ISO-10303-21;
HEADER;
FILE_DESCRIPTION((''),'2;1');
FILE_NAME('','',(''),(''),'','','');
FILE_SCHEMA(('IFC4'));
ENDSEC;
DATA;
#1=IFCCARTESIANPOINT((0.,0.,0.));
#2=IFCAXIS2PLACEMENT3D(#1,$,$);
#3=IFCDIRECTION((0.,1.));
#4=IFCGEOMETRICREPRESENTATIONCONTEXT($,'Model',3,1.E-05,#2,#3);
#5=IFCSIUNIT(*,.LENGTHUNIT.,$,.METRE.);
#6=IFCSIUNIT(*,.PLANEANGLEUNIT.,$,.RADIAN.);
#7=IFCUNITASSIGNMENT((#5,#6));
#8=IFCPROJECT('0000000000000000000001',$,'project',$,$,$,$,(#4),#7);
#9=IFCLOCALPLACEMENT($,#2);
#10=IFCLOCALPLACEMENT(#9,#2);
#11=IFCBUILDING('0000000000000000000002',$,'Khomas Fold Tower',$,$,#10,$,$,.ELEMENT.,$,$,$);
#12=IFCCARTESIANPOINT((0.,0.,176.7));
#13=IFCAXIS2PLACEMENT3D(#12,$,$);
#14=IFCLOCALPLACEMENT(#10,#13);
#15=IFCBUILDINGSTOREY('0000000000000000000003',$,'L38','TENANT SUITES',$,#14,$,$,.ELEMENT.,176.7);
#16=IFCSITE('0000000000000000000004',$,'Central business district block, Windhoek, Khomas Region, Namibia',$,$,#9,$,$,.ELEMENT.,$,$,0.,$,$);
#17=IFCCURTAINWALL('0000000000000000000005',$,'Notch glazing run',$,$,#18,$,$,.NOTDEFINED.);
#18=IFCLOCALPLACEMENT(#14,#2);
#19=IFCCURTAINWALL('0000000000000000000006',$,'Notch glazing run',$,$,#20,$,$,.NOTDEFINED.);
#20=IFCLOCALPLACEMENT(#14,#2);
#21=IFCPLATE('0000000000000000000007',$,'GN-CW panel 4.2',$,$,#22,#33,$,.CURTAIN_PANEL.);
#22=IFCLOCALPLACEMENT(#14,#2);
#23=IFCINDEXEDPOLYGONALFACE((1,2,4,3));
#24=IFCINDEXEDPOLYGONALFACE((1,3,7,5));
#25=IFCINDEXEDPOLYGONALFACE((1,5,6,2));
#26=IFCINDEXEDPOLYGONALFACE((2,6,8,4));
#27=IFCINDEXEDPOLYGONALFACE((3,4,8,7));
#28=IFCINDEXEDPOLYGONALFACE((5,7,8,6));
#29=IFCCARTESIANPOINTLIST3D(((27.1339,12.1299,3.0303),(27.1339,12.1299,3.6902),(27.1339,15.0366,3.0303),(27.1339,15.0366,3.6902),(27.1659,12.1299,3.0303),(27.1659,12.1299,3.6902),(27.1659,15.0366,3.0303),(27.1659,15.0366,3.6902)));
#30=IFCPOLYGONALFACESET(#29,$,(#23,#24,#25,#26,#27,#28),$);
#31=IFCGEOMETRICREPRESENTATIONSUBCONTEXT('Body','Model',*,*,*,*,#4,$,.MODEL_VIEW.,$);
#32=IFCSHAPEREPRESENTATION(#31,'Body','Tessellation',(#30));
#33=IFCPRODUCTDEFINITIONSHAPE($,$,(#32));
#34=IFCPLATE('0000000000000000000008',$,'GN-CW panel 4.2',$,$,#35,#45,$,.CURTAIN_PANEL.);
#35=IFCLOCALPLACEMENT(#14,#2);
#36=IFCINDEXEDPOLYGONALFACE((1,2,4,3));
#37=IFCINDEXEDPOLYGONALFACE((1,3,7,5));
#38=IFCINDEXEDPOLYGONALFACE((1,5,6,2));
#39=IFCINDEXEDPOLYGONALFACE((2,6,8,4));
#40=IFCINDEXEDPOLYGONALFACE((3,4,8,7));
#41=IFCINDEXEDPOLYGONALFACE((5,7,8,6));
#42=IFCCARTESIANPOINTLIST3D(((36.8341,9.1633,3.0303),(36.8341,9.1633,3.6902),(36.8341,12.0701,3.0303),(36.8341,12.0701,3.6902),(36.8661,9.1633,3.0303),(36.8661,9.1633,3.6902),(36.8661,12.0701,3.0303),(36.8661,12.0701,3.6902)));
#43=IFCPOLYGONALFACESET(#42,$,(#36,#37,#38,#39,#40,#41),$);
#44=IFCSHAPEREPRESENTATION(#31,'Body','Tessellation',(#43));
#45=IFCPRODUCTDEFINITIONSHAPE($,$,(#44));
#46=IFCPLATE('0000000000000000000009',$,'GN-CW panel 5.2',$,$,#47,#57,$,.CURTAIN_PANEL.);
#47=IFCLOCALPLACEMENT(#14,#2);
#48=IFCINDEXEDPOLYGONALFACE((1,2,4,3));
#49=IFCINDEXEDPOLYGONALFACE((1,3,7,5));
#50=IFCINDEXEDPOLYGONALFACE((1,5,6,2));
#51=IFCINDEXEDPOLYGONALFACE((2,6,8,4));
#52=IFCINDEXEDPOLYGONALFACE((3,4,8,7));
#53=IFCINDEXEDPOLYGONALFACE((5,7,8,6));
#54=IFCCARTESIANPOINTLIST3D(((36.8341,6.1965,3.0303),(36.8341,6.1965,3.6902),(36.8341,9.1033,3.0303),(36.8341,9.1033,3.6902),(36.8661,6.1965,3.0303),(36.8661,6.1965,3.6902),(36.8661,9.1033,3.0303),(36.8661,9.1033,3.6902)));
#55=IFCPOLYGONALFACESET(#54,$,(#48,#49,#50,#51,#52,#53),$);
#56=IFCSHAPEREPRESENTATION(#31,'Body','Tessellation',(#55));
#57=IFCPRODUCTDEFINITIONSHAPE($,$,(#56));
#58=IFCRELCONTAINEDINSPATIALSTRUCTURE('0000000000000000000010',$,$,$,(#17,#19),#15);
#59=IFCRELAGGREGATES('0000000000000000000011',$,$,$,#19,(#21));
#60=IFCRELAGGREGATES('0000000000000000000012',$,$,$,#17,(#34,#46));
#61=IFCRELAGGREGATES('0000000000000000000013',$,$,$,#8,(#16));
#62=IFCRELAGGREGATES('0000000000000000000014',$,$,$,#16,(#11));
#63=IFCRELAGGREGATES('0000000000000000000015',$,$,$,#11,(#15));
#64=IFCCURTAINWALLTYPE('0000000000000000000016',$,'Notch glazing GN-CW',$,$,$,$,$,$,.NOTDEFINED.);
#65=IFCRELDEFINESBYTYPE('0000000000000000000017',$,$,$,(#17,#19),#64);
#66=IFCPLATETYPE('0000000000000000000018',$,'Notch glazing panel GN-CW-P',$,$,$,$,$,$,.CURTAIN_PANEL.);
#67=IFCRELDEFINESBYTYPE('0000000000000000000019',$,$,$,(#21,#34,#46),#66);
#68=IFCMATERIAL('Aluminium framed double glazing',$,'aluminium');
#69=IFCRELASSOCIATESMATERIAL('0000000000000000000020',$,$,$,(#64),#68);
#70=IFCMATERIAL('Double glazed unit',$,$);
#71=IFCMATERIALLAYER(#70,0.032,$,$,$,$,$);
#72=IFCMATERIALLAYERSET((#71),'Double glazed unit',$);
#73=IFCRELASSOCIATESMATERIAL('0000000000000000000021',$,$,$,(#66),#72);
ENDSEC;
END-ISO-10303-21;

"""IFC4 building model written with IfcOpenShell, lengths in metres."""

from ifc_helpers import new_model, si_unit, direction, frame, origin, origin_2d, place, context, subcontext, project, spatial, rectangle, extrude, source, transform, mapped, material, layer, layer_set, type_object, element, aggregate, save


model = new_model("IFC4")

# Units and contexts
model_context = context("Model", 3, precision=1e-05, world=origin(), true_north=direction((0.0, 1.0)))
body_context = subcontext(model_context, "Body", "Model", "MODEL_VIEW")
ifc_project = project(units=[si_unit("LENGTHUNIT", "METRE"), si_unit("PLANEANGLEUNIT", "RADIAN")], contexts=[model_context])

# Site, building, storey
site_placement = place(None, origin())
site = spatial("IfcSite", under=ifc_project, at=site_placement, Name="Central business district block, Windhoek, Khomas Region, Namibia", CompositionType="ELEMENT", RefElevation=0.0)
building_placement = place(site_placement, origin())
building = spatial("IfcBuilding", under=site, at=building_placement, Name="Khomas Fold Tower", CompositionType="ELEMENT")
storey_placement = place(building_placement, frame((0.0, 0.0, 176.7)))
storey = spatial("IfcBuildingStorey", under=building, at=storey_placement, Name="L38", Description="TENANT SUITES", CompositionType="ELEMENT", Elevation=176.7)

# Curtain walls
ifc_material_1 = material(Name="Aluminium framed double glazing", Category="aluminium")
curtain_wall_type_1 = type_object("IfcCurtainWallType", Name="Notch glazing GN-CW", PredefinedType="NOTDEFINED", material=ifc_material_1)
curtain_wall_1_placement = place(storey_placement, origin())
curtain_wall_1 = element("IfcCurtainWall", 1, at=curtain_wall_1_placement, inside=storey, type_object=curtain_wall_type_1, Name="Notch glazing run", PredefinedType="NOTDEFINED")
curtain_wall_2_placement = place(storey_placement, origin())
curtain_wall_2 = element("IfcCurtainWall", 2, at=curtain_wall_2_placement, inside=storey, type_object=curtain_wall_type_1, Name="Notch glazing run", PredefinedType="NOTDEFINED")

# Plates
ifc_material_2 = material(Name="Double glazed unit")
ifc_layer = layer(ifc_material_2, 0.032)
ifc_layer_set = layer_set([ifc_layer], Name="Double glazed unit")
plate_type = type_object("IfcPlateType", Name="Notch glazing panel GN-CW-P", PredefinedType="CURTAIN_PANEL", material=ifc_layer_set)
shared_shape_1 = source(origin(), body_context, "Body", "SweptSolid", [
    extrude(rectangle(XDim=2.9067, YDim=0.032, at=origin_2d()), origin(), (0.0, 0.0, 1.0), 0.6599),
])
plate_1_placement = place(storey_placement, frame((27.1499, 13.5833, 3.0303), z_axis=(0.0, 0.0, 1.0), x_axis=(0.0, 1.0, 0.0)))
plate_1 = element("IfcPlate", 3, at=plate_1_placement, type_object=plate_type, Name="GN-CW panel 4.2", PredefinedType="CURTAIN_PANEL", context=body_context, shape_type="MappedRepresentation", body=[
    mapped(shared_shape_1, transform((0.0, 0.0, 0.0))),
])
aggregate(curtain_wall_2, [plate_1])
plate_2_placement = place(storey_placement, frame((36.8501, 10.6167, 3.0303), z_axis=(0.0, 0.0, 1.0), x_axis=(0.0, -1.0, 0.0)))
plate_2 = element("IfcPlate", 4, at=plate_2_placement, type_object=plate_type, Name="GN-CW panel 4.2", PredefinedType="CURTAIN_PANEL", context=body_context, shape_type="MappedRepresentation", body=[
    mapped(shared_shape_1, transform((0.0, 0.0, 0.0))),
])
plate_3_placement = place(storey_placement, frame((36.8501, 7.6499, 3.0303), z_axis=(0.0, 0.0, 1.0), x_axis=(0.0, -1.0, 0.0)))
plate_3 = element("IfcPlate", 5, at=plate_3_placement, type_object=plate_type, Name="GN-CW panel 5.2", PredefinedType="CURTAIN_PANEL", context=body_context, shape_type="MappedRepresentation", body=[
    mapped(shared_shape_1, transform((0.0, 0.0, 0.0))),
])
aggregate(curtain_wall_1, [plate_2, plate_3])

save(model, "model.ifc")
